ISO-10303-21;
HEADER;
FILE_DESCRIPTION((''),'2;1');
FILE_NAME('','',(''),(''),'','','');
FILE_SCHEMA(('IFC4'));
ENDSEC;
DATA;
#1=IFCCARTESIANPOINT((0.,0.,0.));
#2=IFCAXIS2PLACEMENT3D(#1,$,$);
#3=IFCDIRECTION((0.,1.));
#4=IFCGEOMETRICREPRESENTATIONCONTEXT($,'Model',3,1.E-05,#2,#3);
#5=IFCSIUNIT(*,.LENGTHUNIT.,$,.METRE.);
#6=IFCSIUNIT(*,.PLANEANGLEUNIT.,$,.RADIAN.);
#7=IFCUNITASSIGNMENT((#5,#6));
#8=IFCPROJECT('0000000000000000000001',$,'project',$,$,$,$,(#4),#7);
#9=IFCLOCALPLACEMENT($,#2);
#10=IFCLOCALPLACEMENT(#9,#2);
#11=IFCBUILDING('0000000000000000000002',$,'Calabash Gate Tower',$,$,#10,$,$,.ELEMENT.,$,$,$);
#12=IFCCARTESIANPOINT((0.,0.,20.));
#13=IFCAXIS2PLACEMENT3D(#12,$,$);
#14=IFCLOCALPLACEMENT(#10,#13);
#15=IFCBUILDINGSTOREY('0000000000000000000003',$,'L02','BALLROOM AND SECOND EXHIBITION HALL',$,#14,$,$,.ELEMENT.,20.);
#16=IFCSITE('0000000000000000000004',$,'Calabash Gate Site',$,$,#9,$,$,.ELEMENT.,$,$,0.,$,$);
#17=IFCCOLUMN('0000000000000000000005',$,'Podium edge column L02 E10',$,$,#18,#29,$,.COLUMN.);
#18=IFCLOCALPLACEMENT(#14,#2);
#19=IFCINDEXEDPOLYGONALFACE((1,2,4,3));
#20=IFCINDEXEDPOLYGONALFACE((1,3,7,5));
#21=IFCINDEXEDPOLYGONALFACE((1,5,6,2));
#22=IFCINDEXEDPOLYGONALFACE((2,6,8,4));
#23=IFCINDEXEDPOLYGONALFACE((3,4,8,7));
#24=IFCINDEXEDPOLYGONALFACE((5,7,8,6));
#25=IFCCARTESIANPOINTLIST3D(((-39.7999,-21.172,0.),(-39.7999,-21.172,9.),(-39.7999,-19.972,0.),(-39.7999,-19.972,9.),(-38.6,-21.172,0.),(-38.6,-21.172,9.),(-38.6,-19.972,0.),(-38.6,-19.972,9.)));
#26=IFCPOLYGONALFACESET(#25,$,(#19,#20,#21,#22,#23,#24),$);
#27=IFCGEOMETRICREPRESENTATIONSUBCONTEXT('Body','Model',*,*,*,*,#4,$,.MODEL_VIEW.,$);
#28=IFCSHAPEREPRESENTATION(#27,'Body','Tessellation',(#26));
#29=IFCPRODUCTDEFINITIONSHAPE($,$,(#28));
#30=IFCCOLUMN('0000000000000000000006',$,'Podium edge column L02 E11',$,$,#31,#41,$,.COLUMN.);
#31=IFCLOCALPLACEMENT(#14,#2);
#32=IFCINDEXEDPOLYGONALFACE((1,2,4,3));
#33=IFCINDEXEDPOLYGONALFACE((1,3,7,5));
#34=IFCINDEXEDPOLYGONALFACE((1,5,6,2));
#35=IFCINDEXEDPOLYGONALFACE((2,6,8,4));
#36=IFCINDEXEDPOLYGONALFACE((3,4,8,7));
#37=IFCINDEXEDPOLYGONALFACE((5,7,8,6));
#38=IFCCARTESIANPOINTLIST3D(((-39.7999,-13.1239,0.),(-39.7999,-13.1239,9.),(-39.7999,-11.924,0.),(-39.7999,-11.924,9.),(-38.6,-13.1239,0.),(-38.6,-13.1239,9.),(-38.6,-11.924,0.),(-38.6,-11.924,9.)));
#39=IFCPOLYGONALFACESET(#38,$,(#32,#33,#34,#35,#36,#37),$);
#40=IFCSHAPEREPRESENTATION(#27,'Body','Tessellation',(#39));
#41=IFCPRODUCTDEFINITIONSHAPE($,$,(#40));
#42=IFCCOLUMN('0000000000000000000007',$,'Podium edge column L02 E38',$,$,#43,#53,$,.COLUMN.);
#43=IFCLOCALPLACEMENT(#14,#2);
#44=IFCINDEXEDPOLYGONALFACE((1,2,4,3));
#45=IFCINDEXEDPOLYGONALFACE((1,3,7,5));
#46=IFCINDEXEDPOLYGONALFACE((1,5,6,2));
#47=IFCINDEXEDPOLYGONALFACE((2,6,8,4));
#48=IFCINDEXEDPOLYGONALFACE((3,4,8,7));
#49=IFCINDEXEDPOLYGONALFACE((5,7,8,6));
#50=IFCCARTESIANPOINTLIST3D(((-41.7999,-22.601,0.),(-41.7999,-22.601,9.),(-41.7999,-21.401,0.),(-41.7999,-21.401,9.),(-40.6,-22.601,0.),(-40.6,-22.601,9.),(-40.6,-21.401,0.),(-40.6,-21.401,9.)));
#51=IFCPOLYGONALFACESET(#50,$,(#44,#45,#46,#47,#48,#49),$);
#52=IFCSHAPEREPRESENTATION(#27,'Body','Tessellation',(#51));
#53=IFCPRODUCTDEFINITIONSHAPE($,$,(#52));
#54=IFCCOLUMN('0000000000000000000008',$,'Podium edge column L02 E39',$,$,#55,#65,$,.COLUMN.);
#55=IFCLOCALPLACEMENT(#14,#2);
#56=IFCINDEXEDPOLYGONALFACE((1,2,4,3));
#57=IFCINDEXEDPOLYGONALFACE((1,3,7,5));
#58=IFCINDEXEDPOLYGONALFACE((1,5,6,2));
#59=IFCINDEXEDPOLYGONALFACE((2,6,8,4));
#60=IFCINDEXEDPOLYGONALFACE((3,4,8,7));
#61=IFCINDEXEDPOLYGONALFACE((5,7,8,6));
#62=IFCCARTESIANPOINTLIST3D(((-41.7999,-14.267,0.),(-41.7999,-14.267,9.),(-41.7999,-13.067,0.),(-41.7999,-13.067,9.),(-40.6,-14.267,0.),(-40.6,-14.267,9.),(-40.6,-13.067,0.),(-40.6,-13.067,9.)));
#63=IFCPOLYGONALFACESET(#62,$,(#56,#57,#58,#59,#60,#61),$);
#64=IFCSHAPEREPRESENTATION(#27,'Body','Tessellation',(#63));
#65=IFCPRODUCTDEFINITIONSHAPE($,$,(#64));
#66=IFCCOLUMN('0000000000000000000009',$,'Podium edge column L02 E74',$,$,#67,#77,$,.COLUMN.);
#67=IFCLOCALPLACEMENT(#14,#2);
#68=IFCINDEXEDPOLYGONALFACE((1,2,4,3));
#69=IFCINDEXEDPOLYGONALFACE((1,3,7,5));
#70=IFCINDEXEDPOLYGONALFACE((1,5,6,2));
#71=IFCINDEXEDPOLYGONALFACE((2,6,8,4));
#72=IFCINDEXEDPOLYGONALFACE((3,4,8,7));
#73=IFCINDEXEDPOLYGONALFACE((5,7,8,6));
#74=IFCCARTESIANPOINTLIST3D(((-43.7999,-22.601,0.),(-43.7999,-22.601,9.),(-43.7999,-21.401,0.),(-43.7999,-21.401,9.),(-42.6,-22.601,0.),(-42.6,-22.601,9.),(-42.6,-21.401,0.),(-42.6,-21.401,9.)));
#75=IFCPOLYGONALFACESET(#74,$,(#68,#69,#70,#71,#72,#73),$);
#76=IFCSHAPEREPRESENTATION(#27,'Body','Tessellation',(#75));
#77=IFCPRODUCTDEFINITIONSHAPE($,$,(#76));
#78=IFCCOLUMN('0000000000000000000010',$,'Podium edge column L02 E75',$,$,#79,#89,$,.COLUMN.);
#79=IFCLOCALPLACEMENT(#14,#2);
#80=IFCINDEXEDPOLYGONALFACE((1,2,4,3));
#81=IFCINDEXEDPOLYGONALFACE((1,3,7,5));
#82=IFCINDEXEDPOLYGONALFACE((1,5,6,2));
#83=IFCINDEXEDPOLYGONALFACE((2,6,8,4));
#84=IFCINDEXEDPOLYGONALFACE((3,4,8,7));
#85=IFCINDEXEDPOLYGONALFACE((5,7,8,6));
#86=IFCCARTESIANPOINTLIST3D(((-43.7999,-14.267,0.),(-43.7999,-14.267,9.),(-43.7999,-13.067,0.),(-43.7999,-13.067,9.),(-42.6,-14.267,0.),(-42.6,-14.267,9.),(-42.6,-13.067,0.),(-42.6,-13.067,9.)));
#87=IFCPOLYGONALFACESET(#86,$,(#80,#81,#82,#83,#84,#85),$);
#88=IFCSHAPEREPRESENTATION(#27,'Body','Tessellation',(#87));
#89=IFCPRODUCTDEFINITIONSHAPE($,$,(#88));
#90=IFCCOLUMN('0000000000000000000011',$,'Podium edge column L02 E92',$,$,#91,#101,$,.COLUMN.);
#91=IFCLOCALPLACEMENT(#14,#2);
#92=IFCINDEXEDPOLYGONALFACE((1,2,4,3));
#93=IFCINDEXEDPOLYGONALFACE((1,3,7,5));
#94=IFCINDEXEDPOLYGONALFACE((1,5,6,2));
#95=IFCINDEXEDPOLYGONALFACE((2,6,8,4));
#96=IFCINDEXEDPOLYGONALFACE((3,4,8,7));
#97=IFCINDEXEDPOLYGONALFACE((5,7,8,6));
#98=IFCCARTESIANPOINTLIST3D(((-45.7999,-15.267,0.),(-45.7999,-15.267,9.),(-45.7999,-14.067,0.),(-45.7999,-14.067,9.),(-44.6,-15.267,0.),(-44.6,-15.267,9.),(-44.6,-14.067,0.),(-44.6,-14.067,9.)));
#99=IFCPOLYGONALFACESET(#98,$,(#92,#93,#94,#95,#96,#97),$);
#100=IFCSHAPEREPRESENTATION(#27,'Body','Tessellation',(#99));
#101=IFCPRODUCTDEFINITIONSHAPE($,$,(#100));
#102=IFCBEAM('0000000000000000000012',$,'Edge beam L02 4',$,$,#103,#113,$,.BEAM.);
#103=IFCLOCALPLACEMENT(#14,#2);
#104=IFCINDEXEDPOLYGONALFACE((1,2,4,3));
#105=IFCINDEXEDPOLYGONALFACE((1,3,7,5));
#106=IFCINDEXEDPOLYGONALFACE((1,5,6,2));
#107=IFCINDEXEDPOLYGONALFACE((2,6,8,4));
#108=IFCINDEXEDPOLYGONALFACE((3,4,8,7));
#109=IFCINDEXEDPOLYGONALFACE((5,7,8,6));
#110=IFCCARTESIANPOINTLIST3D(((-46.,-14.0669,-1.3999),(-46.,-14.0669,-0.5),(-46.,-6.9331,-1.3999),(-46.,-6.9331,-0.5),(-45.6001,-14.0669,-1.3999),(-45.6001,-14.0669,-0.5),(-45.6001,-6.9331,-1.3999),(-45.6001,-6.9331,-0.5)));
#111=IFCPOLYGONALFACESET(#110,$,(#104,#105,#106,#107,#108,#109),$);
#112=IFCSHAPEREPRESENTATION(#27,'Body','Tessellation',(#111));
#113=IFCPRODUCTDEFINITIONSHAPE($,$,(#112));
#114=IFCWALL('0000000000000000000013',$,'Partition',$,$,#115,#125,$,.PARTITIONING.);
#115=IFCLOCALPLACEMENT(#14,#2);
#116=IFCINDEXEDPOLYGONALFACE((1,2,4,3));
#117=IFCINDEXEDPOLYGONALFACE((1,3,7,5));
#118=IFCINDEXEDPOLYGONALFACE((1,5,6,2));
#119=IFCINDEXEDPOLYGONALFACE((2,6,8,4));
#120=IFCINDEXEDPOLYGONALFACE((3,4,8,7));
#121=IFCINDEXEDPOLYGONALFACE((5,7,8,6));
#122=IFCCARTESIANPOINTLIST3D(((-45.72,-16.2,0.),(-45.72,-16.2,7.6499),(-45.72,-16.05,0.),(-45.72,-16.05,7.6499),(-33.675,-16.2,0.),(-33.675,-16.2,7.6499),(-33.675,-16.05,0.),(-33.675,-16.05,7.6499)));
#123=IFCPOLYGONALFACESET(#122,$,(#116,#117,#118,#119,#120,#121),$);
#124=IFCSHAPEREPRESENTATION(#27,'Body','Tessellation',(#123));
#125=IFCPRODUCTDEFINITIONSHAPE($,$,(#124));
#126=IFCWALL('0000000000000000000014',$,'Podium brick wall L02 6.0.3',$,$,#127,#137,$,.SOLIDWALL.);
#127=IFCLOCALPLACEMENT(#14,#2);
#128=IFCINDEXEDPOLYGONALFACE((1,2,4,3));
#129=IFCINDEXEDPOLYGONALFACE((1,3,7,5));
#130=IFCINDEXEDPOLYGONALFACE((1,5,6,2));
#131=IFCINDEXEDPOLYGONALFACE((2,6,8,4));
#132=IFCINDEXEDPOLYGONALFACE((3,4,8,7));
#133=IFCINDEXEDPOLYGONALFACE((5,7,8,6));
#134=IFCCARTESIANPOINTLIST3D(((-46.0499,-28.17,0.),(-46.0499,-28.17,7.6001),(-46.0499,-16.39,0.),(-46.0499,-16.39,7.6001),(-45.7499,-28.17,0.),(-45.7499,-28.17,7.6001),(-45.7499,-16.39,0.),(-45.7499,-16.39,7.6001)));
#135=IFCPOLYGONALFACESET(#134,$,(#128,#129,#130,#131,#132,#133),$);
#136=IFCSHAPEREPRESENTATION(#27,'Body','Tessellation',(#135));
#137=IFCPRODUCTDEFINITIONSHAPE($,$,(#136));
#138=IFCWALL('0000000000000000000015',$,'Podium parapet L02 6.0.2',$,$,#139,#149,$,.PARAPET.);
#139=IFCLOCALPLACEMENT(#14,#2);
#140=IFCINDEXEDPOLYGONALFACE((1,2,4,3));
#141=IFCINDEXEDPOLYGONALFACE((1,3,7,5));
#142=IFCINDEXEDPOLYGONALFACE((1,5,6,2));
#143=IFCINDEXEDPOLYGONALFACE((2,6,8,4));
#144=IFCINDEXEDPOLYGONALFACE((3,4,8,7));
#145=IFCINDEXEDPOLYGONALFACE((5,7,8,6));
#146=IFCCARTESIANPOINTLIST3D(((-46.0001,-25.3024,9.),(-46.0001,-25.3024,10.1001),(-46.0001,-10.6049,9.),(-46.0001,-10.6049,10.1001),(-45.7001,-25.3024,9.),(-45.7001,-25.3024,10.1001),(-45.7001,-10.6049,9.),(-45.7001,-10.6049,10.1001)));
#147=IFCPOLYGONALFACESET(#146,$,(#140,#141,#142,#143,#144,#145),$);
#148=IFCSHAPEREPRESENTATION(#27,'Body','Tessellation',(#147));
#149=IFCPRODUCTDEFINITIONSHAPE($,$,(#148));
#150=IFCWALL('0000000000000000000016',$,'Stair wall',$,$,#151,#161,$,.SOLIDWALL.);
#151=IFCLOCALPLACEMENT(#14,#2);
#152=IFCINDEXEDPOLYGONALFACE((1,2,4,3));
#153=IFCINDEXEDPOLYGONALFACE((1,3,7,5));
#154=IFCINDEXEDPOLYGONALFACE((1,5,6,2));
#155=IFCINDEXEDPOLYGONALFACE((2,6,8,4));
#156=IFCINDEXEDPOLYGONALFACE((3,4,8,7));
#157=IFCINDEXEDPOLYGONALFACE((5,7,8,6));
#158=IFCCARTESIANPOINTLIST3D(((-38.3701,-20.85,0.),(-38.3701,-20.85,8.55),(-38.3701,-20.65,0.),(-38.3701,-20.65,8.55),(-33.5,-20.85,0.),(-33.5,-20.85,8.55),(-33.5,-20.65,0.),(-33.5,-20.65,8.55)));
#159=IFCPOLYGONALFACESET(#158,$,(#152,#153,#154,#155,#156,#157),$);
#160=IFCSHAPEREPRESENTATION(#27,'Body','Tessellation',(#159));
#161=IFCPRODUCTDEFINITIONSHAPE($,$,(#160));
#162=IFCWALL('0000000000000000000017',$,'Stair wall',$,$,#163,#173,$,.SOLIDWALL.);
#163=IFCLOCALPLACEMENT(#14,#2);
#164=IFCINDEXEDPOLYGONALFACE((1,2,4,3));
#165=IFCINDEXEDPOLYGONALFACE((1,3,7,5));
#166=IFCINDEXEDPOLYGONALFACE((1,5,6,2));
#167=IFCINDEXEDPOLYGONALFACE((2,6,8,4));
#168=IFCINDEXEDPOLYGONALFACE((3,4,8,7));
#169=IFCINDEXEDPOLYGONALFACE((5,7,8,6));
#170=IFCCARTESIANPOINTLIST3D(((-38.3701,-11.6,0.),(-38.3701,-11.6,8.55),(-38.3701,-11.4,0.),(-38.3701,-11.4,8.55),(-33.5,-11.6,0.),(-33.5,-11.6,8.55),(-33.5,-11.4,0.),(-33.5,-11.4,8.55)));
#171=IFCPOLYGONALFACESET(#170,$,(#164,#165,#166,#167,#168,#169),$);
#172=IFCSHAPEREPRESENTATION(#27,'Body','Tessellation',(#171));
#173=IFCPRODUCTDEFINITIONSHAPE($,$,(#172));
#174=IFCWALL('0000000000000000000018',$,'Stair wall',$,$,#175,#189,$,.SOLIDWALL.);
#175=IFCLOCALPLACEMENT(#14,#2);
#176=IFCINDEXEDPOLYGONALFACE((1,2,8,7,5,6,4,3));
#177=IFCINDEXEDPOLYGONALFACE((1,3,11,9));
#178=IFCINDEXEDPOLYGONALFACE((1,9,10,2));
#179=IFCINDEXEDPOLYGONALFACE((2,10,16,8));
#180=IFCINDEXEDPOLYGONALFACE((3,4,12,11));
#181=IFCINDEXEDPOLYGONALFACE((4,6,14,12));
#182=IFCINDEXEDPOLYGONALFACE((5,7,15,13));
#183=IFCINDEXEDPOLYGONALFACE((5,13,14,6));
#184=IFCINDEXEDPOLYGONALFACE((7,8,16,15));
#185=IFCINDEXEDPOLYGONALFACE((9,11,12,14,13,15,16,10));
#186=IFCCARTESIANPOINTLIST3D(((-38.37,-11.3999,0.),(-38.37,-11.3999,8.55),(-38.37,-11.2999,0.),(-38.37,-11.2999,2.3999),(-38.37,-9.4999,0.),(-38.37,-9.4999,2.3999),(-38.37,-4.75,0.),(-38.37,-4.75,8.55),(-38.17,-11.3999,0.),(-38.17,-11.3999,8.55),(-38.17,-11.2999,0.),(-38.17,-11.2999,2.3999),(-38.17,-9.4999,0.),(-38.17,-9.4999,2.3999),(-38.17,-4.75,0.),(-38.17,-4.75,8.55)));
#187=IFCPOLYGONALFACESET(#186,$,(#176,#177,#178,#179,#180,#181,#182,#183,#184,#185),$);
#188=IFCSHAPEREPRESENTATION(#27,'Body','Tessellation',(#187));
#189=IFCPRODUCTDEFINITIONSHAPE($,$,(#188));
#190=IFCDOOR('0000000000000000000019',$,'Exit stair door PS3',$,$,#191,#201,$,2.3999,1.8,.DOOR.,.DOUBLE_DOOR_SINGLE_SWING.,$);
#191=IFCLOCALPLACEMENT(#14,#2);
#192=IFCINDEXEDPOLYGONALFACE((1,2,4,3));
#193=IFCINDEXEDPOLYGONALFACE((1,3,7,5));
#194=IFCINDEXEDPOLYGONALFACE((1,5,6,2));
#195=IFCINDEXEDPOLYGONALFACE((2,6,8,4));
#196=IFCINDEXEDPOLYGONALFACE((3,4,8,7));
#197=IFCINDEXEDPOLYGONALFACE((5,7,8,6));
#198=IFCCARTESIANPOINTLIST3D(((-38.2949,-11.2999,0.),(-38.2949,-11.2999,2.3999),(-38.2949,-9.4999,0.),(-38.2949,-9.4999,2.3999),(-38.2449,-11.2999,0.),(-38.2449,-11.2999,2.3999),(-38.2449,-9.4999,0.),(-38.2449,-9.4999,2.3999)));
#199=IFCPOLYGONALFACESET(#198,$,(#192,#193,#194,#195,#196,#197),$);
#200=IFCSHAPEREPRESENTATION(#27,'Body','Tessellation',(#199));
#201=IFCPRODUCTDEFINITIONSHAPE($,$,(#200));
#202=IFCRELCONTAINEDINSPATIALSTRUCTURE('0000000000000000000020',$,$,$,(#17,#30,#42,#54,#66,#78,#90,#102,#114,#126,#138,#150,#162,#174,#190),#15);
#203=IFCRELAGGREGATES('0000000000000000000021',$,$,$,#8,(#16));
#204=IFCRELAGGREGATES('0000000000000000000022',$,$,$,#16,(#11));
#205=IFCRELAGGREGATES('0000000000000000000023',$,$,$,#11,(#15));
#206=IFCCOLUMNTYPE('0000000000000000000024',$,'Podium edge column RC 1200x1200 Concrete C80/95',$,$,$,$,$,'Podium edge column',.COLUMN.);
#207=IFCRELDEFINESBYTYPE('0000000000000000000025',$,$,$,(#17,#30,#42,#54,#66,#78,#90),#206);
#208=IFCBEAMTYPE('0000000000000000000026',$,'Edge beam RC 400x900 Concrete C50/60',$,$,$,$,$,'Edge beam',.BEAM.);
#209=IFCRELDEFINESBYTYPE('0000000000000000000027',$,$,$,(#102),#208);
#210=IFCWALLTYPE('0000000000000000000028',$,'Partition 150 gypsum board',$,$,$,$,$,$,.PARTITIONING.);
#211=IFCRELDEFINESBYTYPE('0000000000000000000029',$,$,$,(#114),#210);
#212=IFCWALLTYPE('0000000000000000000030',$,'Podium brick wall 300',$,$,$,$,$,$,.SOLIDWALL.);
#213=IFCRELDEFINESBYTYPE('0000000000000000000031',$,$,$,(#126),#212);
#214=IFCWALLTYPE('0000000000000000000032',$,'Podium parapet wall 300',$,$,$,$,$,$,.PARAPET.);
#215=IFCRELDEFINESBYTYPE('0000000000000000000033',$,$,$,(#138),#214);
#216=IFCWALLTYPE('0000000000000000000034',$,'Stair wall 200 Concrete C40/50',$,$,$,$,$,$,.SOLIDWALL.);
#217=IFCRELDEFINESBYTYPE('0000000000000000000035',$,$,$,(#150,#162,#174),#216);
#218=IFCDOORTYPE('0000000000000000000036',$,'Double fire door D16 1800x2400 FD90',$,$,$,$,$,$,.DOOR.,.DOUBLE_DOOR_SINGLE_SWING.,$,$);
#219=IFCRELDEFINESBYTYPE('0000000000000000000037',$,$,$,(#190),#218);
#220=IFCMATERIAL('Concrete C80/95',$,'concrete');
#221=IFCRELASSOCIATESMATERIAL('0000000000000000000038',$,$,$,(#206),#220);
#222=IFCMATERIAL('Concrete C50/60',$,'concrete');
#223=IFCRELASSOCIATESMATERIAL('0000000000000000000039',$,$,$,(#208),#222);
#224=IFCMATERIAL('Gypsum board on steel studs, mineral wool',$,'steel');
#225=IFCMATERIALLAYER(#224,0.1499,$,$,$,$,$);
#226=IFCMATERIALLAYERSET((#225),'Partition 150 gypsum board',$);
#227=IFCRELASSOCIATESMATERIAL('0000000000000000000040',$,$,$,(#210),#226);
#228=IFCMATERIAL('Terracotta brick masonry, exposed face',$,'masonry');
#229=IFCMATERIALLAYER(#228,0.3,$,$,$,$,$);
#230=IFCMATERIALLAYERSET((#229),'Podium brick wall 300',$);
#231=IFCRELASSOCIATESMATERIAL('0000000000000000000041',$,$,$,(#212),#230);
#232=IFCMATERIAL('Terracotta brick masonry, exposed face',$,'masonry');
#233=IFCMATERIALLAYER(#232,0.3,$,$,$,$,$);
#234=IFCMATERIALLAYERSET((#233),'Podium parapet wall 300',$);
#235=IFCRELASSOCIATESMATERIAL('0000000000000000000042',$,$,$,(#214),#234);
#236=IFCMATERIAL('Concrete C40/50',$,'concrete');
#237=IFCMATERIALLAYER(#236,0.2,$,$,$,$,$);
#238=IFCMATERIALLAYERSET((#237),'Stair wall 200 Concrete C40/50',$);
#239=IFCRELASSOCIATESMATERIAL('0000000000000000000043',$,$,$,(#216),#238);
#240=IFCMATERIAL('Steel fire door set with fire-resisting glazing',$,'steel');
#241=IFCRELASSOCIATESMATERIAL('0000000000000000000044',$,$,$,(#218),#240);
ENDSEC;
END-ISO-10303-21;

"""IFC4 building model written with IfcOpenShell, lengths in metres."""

from ifc_helpers import new_model, si_unit, direction, frame, frame_2d, origin, origin_2d, place, context, subcontext, project, spatial, rectangle, extrude, material, layer, layer_set, material_profile, profile_set, type_object, element, fill, save


model = new_model("IFC4")

# Units and contexts
model_context = context("Model", 3, precision=1e-05, world=origin(), true_north=direction((0.0, 1.0)))
body_context = subcontext(model_context, "Body", "Model", "MODEL_VIEW")
ifc_project = project(units=[si_unit("LENGTHUNIT", "METRE"), si_unit("PLANEANGLEUNIT", "RADIAN")], contexts=[model_context])

# Site, building, storey
site_placement = place(None, origin())
site = spatial("IfcSite", under=ifc_project, at=site_placement, Name="Calabash Gate Site", CompositionType="ELEMENT", RefElevation=0.0)
building_placement = place(site_placement, origin())
building = spatial("IfcBuilding", under=site, at=building_placement, Name="Calabash Gate Tower", CompositionType="ELEMENT")
storey_placement = place(building_placement, frame((0.0, 0.0, 20.0)))
storey = spatial("IfcBuildingStorey", under=building, at=storey_placement, Name="L02", Description="BALLROOM AND SECOND EXHIBITION HALL", CompositionType="ELEMENT", Elevation=20.0)

# Columns
ifc_material_1 = material(Name="Concrete C80/95", Category="concrete")
ifc_material_profile_1 = material_profile(ifc_material_1, rectangle(XDim=1.2, YDim=1.2, at=origin_2d()))
ifc_profile_set_1 = profile_set([ifc_material_profile_1], Name="Concrete C80/95")
column_type = type_object("IfcColumnType", Name="Podium edge column RC 1200x1200 Concrete C80/95", ElementType="Podium edge column", PredefinedType="COLUMN", material=ifc_profile_set_1)
for number, where, z_axis, x_axis, name in (
    (1, (-39.2, -20.572, 0.0), (0.0, 0.0, 1.0), (1.0, 0.0, 0.0), "Podium edge column L02 E10"),
    (2, (-39.2, -12.5239, 0.0), (0.0, 0.0, 1.0), (1.0, 0.0, 0.0), "Podium edge column L02 E11"),
    (3, (-41.2, -22.001, 0.0), (0.0, 0.0, 1.0), (1.0, 0.0, 0.0), "Podium edge column L02 E38"),
    (4, (-41.2, -13.667, 0.0), (0.0, 0.0, 1.0), (1.0, 0.0, 0.0), "Podium edge column L02 E39"),
    (5, (-43.2, -22.001, 0.0), (0.0, 0.0, 1.0), (1.0, 0.0, 0.0), "Podium edge column L02 E74"),
    (6, (-43.2, -13.667, 0.0), (0.0, 0.0, 1.0), (1.0, 0.0, 0.0), "Podium edge column L02 E75"),
    (7, (-45.2, -14.667, 0.0), (0.0, 0.0, 1.0), (1.0, 0.0, 0.0), "Podium edge column L02 E92"),
):
    element("IfcColumn", number, at=place(storey_placement, frame(where, z_axis=z_axis, x_axis=x_axis)), inside=storey, type_object=column_type, Name=name, PredefinedType="COLUMN", context=body_context, shape_type="SweptSolid", body=[
        extrude(rectangle(XDim=1.2, YDim=1.2, at=origin_2d()), origin(), (0.0, 0.0, 1.0), 9.0),
    ])

# Beam
ifc_material_2 = material(Name="Concrete C50/60", Category="concrete")
ifc_material_profile_2 = material_profile(ifc_material_2, rectangle(XDim=0.3999, YDim=0.8999, at=origin_2d()))
ifc_profile_set_2 = profile_set([ifc_material_profile_2], Name="Concrete C50/60")
beam_type = type_object("IfcBeamType", Name="Edge beam RC 400x900 Concrete C50/60", ElementType="Edge beam", PredefinedType="BEAM", material=ifc_profile_set_2)
beam_placement = place(storey_placement, frame((-45.8, -14.0669, -0.95), z_axis=(0.0, 1.0, 0.0), x_axis=(-1.0, 0.0, 0.0)))
element("IfcBeam", 8, at=beam_placement, inside=storey, type_object=beam_type, Name="Edge beam L02 4", PredefinedType="BEAM", context=body_context, shape_type="SweptSolid", body=[
    extrude(rectangle(XDim=0.3999, YDim=0.8999, at=origin_2d()), origin(), (0.0, 0.0, 1.0), 7.1338),
])

# Walls
ifc_material_3 = material(Name="Gypsum board on steel studs, mineral wool", Category="steel")
ifc_layer_1 = layer(ifc_material_3, 0.1499)
ifc_layer_set_1 = layer_set([ifc_layer_1], Name="Partition 150 gypsum board")
wall_type_1 = type_object("IfcWallType", Name="Partition 150 gypsum board", PredefinedType="PARTITIONING", material=ifc_layer_set_1)
wall_1_placement = place(storey_placement, frame((-45.72, -16.125, 0.0), z_axis=(0.0, 0.0, 1.0), x_axis=(1.0, 0.0, 0.0)))
element("IfcWall", 9, at=wall_1_placement, inside=storey, type_object=wall_type_1, Name="Partition", PredefinedType="PARTITIONING", context=body_context, shape_type="SweptSolid", body=[
    extrude(rectangle(XDim=12.0449, YDim=0.1499, at=frame_2d((6.0225, 0.0))), origin(), (0.0, 0.0, 1.0), 7.6499),
])
ifc_material_4 = material(Name="Terracotta brick masonry, exposed face", Category="masonry")
ifc_layer_2 = layer(ifc_material_4, 0.3)
ifc_layer_set_2 = layer_set([ifc_layer_2], Name="Podium brick wall 300")
wall_type_2 = type_object("IfcWallType", Name="Podium brick wall 300", PredefinedType="SOLIDWALL", material=ifc_layer_set_2)
wall_2_placement = place(storey_placement, frame((-45.8999, -16.3899, 0.0), z_axis=(0.0, 0.0, 1.0), x_axis=(0.0, -1.0, 0.0)))
element("IfcWall", 10, at=wall_2_placement, inside=storey, type_object=wall_type_2, Name="Podium brick wall L02 6.0.3", PredefinedType="SOLIDWALL", context=body_context, shape_type="SweptSolid", body=[
    extrude(rectangle(XDim=11.78, YDim=0.3, at=frame_2d((5.8901, 0.0))), origin(), (0.0, 0.0, 1.0), 7.6001),
])
ifc_material_5 = material(Name="Terracotta brick masonry, exposed face", Category="masonry")
ifc_layer_3 = layer(ifc_material_5, 0.3)
ifc_layer_set_3 = layer_set([ifc_layer_3], Name="Podium parapet wall 300")
wall_type_3 = type_object("IfcWallType", Name="Podium parapet wall 300", PredefinedType="PARAPET", material=ifc_layer_set_3)
wall_3_placement = place(storey_placement, frame((-45.8501, -10.605, 9.0), z_axis=(0.0, 0.0, 1.0), x_axis=(0.0, -1.0, 0.0)))
element("IfcWall", 11, at=wall_3_placement, inside=storey, type_object=wall_type_3, Name="Podium parapet L02 6.0.2", PredefinedType="PARAPET", context=body_context, shape_type="SweptSolid", body=[
    extrude(rectangle(XDim=14.6975, YDim=0.3, at=frame_2d((7.3486, 0.0))), origin(), (0.0, 0.0, 1.0), 1.1001),
])
ifc_material_6 = material(Name="Concrete C40/50", Category="concrete")
ifc_layer_4 = layer(ifc_material_6, 0.2)
ifc_layer_set_4 = layer_set([ifc_layer_4], Name="Stair wall 200 Concrete C40/50")
wall_type_4 = type_object("IfcWallType", Name="Stair wall 200 Concrete C40/50", PredefinedType="SOLIDWALL", material=ifc_layer_set_4)
for number, where, z_axis, x_axis, name in (
    (12, (-38.3701, -20.75, 0.0), (0.0, 0.0, 1.0), (1.0, 0.0, 0.0), "Stair wall"),
    (13, (-38.3701, -11.5, 0.0), (0.0, 0.0, 1.0), (1.0, 0.0, 0.0), "Stair wall"),
):
    element("IfcWall", number, at=place(storey_placement, frame(where, z_axis=z_axis, x_axis=x_axis)), inside=storey, type_object=wall_type_4, Name=name, PredefinedType="SOLIDWALL", context=body_context, shape_type="SweptSolid", body=[
        extrude(rectangle(XDim=4.8701, YDim=0.2, at=frame_2d((2.4351, 0.0))), origin(), (0.0, 0.0, 1.0), 8.55),
    ])

# Wall, opening, door
wall_4_placement = place(storey_placement, frame((-38.27, -11.3999, 0.0), z_axis=(0.0, 0.0, 1.0), x_axis=(0.0, 1.0, 0.0)))
wall_4 = element("IfcWall", 14, at=wall_4_placement, inside=storey, type_object=wall_type_4, Name="Stair wall", PredefinedType="SOLIDWALL", context=body_context, shape_type="SweptSolid", body=[
    extrude(rectangle(XDim=6.6499, YDim=0.2, at=frame_2d((3.325, 0.0))), origin(), (0.0, 0.0, 1.0), 8.55),
])
opening_placement = place(wall_4_placement, frame((0.1001, 0.0, 0.0)))
opening = element("IfcOpeningElement", 15, at=opening_placement, cuts=wall_4, PredefinedType="OPENING", context=body_context, shape_type="SweptSolid", body=[
    extrude(rectangle(XDim=1.8, YDim=2.3999, at=frame_2d((0.8999, 1.2))), frame((0.0, 0.1099, 0.0), z_axis=(0.0, -1.0, 0.0), x_axis=(1.0, 0.0, 0.0)), (0.0, 0.0, 1.0), 0.22),
])
ifc_material_7 = material(Name="Steel fire door set with fire-resisting glazing", Category="steel")
door_type = type_object("IfcDoorType", Name="Double fire door D16 1800x2400 FD90", OperationType="DOUBLE_DOOR_SINGLE_SWING", PredefinedType="DOOR", material=ifc_material_7)
door_placement = place(opening_placement, origin())
door = element("IfcDoor", 16, at=door_placement, inside=storey, type_object=door_type, Name="Exit stair door PS3", OperationType="DOUBLE_DOOR_SINGLE_SWING", OverallHeight=2.3999, OverallWidth=1.8, PredefinedType="DOOR", context=body_context, shape_type="SweptSolid", body=[
    extrude(rectangle(XDim=1.8, YDim=2.3999, at=frame_2d((0.8999, 1.2))), frame((0.0, 0.0249, 0.0), z_axis=(0.0, -1.0, 0.0), x_axis=(1.0, 0.0, 0.0)), (0.0, 0.0, 1.0), 0.05),
])
fill(opening, door)

save(model, "model.ifc")
